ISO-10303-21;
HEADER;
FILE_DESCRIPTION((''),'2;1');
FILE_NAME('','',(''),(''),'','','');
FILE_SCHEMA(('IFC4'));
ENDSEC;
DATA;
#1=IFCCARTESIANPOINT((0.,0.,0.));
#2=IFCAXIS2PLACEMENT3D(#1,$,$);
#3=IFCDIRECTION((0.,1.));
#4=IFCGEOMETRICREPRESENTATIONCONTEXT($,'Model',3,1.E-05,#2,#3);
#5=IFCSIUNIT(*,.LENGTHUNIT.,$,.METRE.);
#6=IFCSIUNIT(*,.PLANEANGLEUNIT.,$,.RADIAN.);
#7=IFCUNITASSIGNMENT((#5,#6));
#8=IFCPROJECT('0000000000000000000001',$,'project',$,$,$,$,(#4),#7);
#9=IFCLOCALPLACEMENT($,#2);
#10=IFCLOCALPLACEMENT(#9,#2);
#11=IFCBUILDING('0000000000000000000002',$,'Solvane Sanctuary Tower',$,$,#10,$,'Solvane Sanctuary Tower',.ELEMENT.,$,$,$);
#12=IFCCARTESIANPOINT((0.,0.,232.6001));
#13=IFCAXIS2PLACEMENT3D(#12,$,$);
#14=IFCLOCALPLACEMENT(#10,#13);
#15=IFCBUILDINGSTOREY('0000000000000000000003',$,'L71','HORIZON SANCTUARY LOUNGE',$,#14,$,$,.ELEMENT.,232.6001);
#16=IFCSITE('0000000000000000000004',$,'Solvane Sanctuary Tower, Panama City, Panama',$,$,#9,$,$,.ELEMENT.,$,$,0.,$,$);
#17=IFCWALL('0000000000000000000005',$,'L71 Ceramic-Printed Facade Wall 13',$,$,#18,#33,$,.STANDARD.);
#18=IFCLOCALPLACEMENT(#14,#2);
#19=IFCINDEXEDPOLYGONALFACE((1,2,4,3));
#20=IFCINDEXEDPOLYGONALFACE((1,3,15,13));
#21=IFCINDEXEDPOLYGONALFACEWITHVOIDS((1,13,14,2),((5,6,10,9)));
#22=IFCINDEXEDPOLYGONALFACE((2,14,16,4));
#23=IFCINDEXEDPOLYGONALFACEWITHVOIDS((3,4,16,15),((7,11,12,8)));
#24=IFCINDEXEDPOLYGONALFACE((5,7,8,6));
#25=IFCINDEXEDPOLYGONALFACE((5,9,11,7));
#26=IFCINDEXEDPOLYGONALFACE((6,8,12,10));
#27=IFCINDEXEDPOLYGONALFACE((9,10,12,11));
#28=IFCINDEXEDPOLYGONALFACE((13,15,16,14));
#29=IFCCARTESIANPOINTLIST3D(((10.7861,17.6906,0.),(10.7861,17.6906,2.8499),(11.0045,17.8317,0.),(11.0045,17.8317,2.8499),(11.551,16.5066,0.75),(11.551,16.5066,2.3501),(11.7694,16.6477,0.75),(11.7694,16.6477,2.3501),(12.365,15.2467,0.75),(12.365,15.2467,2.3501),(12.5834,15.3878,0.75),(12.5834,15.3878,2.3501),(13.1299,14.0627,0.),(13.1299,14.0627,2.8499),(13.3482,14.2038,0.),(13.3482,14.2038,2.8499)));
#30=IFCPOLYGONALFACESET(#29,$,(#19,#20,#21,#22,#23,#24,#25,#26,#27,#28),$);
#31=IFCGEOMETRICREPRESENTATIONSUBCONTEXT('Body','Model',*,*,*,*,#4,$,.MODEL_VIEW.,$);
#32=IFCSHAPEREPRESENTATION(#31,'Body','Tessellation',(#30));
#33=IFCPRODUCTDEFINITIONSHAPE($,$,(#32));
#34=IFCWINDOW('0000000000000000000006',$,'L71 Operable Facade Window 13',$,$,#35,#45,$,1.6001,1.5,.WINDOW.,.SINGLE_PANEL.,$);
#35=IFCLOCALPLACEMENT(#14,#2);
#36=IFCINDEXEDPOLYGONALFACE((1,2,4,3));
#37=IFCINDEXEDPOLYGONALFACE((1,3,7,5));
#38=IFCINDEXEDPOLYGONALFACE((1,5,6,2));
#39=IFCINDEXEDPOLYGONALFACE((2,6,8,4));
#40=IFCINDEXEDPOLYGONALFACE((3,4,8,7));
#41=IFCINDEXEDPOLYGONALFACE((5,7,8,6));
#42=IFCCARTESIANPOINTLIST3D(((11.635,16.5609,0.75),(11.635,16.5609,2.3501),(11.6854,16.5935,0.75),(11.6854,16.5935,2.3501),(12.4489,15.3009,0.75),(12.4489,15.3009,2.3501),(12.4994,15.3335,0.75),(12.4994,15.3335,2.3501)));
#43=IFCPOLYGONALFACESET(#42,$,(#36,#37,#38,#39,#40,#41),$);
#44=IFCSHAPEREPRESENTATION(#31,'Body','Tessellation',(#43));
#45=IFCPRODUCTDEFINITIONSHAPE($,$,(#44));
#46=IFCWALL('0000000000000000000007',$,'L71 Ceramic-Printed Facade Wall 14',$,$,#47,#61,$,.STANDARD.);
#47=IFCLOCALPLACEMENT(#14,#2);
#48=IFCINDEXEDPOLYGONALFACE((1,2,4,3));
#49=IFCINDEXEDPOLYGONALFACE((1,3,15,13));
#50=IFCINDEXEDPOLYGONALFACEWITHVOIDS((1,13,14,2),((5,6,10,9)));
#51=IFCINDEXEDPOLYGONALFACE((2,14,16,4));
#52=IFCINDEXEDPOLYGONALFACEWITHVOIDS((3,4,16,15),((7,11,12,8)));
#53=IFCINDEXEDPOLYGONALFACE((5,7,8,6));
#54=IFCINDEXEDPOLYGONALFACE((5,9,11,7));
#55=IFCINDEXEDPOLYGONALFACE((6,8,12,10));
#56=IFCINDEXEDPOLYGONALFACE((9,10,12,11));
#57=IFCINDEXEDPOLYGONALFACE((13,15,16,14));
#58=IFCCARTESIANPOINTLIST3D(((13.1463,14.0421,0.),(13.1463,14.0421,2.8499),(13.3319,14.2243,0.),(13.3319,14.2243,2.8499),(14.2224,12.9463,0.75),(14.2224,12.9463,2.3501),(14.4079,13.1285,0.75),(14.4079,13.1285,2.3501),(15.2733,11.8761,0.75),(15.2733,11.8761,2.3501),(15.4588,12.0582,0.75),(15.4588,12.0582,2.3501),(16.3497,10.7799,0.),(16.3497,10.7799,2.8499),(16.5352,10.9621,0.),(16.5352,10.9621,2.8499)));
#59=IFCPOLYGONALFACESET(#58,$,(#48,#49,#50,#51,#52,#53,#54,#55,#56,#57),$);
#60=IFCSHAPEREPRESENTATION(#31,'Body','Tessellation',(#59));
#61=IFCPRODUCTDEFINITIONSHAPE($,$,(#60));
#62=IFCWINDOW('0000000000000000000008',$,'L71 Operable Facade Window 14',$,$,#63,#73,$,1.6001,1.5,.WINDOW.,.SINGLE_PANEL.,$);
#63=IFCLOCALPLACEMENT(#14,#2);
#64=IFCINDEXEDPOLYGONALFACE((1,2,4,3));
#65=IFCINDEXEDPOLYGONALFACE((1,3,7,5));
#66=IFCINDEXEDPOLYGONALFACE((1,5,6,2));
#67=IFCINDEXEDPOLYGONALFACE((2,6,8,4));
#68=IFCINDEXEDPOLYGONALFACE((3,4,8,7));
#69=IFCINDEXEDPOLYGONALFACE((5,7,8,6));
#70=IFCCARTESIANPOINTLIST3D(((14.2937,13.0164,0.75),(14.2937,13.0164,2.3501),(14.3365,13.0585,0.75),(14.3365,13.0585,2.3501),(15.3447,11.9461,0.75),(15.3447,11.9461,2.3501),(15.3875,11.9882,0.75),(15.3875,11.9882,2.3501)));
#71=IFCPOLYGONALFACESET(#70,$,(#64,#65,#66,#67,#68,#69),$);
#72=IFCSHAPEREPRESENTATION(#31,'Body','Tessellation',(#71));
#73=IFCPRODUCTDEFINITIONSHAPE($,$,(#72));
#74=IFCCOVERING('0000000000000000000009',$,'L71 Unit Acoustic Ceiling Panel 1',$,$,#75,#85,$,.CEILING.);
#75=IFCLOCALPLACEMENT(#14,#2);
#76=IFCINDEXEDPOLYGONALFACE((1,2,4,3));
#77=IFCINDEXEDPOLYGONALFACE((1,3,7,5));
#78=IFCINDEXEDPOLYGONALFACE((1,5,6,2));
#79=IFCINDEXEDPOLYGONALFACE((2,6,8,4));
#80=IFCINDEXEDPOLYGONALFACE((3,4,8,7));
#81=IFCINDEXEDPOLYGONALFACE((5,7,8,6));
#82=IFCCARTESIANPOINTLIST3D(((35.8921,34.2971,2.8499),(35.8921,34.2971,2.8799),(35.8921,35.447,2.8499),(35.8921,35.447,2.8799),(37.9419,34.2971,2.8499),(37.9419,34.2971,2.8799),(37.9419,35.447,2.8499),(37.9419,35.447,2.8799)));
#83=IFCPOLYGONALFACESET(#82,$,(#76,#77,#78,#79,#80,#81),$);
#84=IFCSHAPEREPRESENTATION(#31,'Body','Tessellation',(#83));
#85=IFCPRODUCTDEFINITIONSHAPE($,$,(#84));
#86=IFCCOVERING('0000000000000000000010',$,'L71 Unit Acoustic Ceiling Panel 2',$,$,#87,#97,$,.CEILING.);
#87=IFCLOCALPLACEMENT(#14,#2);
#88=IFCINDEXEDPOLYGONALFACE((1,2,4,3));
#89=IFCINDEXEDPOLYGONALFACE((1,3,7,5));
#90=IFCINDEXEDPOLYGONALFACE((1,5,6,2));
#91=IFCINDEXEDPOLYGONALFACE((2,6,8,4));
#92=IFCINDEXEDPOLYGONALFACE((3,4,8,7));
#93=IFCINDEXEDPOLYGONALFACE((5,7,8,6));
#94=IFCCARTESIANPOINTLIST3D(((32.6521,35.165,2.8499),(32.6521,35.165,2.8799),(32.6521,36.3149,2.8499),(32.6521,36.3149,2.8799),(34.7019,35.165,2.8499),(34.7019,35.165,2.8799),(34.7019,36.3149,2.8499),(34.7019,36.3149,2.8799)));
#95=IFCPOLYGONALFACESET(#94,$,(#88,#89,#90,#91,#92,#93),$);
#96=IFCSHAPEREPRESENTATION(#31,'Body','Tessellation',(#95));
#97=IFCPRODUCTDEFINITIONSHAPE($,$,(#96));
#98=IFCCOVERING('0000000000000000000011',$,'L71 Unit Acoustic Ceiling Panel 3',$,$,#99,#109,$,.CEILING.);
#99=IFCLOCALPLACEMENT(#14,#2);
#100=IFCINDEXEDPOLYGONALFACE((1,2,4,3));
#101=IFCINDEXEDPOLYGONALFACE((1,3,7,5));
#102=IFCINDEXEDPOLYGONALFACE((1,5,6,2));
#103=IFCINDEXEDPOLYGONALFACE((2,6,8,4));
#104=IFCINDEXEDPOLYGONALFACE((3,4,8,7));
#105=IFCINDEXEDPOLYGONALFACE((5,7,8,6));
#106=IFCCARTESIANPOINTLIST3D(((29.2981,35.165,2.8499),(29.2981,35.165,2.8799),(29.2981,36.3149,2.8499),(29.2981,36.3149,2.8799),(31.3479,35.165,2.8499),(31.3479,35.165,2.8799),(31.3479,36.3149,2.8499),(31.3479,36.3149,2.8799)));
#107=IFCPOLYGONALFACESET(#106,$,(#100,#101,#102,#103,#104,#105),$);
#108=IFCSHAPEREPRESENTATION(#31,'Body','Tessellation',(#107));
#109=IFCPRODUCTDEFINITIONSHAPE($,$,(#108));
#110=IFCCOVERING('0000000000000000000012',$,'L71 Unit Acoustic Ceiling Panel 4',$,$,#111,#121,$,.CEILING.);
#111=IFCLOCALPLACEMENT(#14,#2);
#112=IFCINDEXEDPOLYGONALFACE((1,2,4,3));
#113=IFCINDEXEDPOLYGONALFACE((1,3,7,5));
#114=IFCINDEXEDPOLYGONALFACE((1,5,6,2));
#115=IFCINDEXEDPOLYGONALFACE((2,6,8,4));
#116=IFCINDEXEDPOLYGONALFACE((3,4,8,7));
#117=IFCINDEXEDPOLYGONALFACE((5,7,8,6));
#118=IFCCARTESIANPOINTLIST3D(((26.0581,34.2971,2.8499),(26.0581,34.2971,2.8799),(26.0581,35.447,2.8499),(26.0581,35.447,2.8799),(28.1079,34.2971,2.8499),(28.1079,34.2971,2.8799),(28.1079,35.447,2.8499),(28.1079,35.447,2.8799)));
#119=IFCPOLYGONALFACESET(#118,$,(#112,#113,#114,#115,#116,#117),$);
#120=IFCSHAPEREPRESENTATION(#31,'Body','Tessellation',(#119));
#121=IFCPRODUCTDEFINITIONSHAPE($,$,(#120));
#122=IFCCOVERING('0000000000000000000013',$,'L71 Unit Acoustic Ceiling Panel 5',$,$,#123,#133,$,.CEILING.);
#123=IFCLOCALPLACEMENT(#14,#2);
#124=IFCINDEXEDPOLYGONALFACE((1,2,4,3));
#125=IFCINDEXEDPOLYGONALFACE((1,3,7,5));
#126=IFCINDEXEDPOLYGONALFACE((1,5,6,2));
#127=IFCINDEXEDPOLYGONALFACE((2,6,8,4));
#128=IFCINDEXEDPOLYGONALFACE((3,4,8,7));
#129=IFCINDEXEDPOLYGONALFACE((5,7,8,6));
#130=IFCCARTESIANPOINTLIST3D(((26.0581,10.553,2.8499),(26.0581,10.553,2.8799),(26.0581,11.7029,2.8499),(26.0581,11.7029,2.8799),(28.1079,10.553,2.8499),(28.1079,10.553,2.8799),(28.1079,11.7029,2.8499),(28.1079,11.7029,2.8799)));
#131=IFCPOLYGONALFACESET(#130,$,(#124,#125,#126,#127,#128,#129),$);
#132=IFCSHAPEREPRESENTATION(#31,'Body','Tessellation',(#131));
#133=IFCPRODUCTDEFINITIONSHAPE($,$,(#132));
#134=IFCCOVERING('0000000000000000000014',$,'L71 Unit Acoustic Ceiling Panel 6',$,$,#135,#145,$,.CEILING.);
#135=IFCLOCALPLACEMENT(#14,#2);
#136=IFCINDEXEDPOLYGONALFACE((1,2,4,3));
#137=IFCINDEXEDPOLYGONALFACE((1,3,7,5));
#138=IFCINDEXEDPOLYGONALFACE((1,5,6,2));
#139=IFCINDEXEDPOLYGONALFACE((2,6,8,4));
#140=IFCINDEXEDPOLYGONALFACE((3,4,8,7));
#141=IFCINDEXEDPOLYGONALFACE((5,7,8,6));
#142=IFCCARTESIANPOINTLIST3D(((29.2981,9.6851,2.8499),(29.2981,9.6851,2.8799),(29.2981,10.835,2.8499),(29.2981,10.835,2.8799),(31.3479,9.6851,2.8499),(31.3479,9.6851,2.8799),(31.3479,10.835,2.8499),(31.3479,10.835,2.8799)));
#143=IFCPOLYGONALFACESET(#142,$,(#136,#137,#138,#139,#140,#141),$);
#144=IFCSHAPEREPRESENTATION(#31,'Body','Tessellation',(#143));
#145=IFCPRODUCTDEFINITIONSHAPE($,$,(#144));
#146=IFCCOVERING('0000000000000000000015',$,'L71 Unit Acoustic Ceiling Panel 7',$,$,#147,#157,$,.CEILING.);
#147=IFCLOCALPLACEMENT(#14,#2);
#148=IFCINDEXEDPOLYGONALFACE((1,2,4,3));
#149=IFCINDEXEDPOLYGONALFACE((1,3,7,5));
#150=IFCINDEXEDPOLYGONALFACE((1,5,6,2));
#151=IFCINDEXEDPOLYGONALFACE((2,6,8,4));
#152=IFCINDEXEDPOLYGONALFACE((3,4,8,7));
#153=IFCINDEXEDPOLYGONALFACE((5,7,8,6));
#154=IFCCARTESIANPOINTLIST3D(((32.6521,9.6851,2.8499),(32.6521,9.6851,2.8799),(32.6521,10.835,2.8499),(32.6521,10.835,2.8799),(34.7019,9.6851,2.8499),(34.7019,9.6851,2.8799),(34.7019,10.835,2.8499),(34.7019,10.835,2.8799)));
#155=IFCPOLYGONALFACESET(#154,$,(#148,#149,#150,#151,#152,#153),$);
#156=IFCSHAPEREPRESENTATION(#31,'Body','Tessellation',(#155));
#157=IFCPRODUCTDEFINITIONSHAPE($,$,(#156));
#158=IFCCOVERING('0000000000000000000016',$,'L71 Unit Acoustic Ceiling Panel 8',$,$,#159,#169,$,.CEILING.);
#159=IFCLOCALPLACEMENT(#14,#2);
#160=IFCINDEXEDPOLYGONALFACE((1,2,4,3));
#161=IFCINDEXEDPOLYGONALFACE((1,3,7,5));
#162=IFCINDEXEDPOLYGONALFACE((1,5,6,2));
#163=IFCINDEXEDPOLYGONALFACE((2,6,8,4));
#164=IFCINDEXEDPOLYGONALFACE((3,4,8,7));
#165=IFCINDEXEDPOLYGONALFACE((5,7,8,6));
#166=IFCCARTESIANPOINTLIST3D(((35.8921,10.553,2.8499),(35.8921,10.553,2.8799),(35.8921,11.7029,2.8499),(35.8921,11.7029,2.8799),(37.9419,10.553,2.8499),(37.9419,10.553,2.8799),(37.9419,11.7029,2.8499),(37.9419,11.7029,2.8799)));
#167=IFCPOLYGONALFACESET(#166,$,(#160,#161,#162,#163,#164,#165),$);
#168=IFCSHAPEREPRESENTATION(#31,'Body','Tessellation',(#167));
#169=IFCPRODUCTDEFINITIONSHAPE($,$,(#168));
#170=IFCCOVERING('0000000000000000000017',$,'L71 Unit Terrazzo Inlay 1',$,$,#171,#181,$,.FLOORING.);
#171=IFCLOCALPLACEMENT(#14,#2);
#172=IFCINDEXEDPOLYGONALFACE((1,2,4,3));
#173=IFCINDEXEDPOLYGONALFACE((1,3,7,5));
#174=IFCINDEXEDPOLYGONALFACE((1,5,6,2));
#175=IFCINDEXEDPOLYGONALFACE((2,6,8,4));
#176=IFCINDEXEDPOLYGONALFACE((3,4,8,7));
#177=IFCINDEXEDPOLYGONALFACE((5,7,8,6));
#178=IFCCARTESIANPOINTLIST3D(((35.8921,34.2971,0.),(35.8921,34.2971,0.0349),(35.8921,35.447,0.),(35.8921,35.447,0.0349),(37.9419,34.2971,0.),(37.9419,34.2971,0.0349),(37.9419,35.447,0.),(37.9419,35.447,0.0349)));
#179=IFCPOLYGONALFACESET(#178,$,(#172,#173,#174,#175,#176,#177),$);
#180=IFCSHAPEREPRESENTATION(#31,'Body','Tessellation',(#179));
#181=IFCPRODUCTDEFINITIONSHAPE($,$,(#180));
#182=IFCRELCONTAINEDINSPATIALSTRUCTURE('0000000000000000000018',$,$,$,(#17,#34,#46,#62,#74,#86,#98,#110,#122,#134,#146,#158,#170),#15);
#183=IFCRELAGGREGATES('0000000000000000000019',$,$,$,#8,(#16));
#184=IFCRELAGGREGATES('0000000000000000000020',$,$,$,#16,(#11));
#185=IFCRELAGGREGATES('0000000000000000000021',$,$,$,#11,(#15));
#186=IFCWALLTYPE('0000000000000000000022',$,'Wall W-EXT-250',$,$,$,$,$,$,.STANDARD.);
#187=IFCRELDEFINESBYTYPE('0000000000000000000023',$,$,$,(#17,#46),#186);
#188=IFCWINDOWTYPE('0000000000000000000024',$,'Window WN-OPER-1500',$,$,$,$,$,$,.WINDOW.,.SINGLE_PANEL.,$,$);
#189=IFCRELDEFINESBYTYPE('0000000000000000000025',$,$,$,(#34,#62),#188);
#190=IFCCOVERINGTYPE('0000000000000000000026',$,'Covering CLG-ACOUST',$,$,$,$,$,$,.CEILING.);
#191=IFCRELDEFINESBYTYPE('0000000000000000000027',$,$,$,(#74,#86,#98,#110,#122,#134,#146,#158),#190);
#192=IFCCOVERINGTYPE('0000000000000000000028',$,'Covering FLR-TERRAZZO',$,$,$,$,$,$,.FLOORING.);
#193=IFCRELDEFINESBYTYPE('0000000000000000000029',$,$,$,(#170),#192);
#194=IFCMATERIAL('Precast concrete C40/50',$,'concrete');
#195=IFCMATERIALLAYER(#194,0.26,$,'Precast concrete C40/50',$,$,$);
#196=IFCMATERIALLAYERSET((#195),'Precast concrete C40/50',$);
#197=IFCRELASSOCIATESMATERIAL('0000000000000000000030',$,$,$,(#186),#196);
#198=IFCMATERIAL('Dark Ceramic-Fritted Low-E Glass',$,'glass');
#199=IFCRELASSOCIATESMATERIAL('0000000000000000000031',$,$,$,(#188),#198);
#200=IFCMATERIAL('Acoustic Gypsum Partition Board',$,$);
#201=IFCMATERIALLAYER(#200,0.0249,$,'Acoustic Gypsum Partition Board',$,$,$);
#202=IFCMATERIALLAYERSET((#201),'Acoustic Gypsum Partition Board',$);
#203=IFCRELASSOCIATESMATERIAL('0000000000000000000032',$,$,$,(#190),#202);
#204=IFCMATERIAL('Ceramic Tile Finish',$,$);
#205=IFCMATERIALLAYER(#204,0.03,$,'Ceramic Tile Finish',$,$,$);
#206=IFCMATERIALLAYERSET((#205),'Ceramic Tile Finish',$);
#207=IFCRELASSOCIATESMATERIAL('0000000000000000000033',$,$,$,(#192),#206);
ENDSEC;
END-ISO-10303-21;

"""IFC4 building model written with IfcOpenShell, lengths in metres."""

from ifc_helpers import new_model, si_unit, direction, frame, frame_2d, origin, place, context, subcontext, project, spatial, polyline, rectangle, outline, extrude, material, layer, layer_set, type_object, element, fill, save


model = new_model("IFC4")

# Units and contexts
model_context = context("Model", 3, precision=1e-05, world=origin(), true_north=direction((0.0, 1.0)))
body_context = subcontext(model_context, "Body", "Model", "MODEL_VIEW")
ifc_project = project(units=[si_unit("LENGTHUNIT", "METRE"), si_unit("PLANEANGLEUNIT", "RADIAN")], contexts=[model_context])

# Site, building, storey
site_placement = place(None, origin())
site = spatial("IfcSite", under=ifc_project, at=site_placement, Name="Solvane Sanctuary Tower, Panama City, Panama", CompositionType="ELEMENT", RefElevation=0.0)
building_placement = place(site_placement, origin())
building = spatial("IfcBuilding", under=site, at=building_placement, Name="Solvane Sanctuary Tower", LongName="Solvane Sanctuary Tower", CompositionType="ELEMENT")
storey_placement = place(building_placement, frame((0.0, 0.0, 232.6001)))
storey = spatial("IfcBuildingStorey", under=building, at=storey_placement, Name="L71", Description="HORIZON SANCTUARY LOUNGE", CompositionType="ELEMENT", Elevation=232.6001)

# Shared definitions
ifc_material_1 = material(Name="Acoustic Gypsum Partition Board")

# Walls, openings, windows
ifc_material_2 = material(Name="Precast concrete C40/50", Category="concrete")
ifc_layer_1 = layer(ifc_material_2, 0.26, Name="Precast concrete C40/50")
ifc_layer_set_1 = layer_set([ifc_layer_1], Name="Precast concrete C40/50")
wall_type_1 = type_object("IfcWallType", Name="Wall W-EXT-250", PredefinedType="STANDARD", material=ifc_layer_set_1)
wall_1_placement = place(storey_placement, frame((10.8953, 17.7612, 0.0), z_axis=(0.0, 0.0, 1.0), x_axis=(0.542642, -0.839964, 0.0)))
wall_1 = element("IfcWall", 1, at=wall_1_placement, inside=storey, type_object=wall_type_1, Name="L71 Ceramic-Printed Facade Wall 13", PredefinedType="STANDARD", context=body_context, shape_type="SweptSolid", body=[
    extrude(rectangle(XDim=4.3191, YDim=0.26, at=frame_2d((2.1597, 0.0))), origin(), (0.0, 0.0, 1.0), 2.8499),
])
opening_1_placement = place(wall_1_placement, frame((1.4097, 0.0, 0.75)))
opening_1 = element("IfcOpeningElement", 2, at=opening_1_placement, cuts=wall_1, PredefinedType="OPENING", context=body_context, shape_type="SweptSolid", body=[
    extrude(rectangle(XDim=1.5, YDim=1.6001, at=frame_2d((0.75, 0.8))), frame((0.0, 0.1399, 0.0), z_axis=(0.0, -1.0, 0.0), x_axis=(1.0, 0.0, 0.0)), (0.0, 0.0, 1.0), 0.28),
])
ifc_material_3 = material(Name="Dark Ceramic-Fritted Low-E Glass", Category="glass")
window_type = type_object("IfcWindowType", Name="Window WN-OPER-1500", PartitioningType="SINGLE_PANEL", PredefinedType="WINDOW", material=ifc_material_3)
window_1_placement = place(opening_1_placement, origin())
window_1 = element("IfcWindow", 3, at=window_1_placement, inside=storey, type_object=window_type, Name="L71 Operable Facade Window 13", OverallHeight=1.6001, OverallWidth=1.5, PartitioningType="SINGLE_PANEL", PredefinedType="WINDOW", context=body_context, shape_type="SweptSolid", body=[
    extrude(rectangle(XDim=1.5, YDim=1.6001, at=frame_2d((0.75, 0.8))), frame((0.0, 0.03, 0.0), z_axis=(0.0, -1.0, 0.0), x_axis=(1.0, 0.0, 0.0)), (0.0, 0.0, 1.0), 0.0601),
])
fill(opening_1, window_1)
wall_2_placement = place(storey_placement, frame((13.239, 14.1333, 0.0), z_axis=(0.0, 0.0, 1.0), x_axis=(0.700643, -0.713512, 0.0)))
wall_2 = element("IfcWall", 4, at=wall_2_placement, inside=storey, type_object=wall_type_1, Name="L71 Ceramic-Printed Facade Wall 14", PredefinedType="STANDARD", context=body_context, shape_type="SweptSolid", body=[
    extrude(rectangle(XDim=4.572, YDim=0.26, at=frame_2d((2.2861, 0.0))), origin(), (0.0, 0.0, 1.0), 2.8499),
])
opening_2_placement = place(wall_2_placement, frame((1.5359, 0.0, 0.75)))
opening_2 = element("IfcOpeningElement", 5, at=opening_2_placement, cuts=wall_2, PredefinedType="OPENING", context=body_context, shape_type="SweptSolid", body=[
    extrude(rectangle(XDim=1.5, YDim=1.6001, at=frame_2d((0.75, 0.8))), frame((0.0, 0.1399, 0.0), z_axis=(0.0, -1.0, 0.0), x_axis=(1.0, 0.0, 0.0)), (0.0, 0.0, 1.0), 0.28),
])
window_2_placement = place(opening_2_placement, origin())
window_2 = element("IfcWindow", 6, at=window_2_placement, inside=storey, type_object=window_type, Name="L71 Operable Facade Window 14", OverallHeight=1.6001, OverallWidth=1.5, PartitioningType="SINGLE_PANEL", PredefinedType="WINDOW", context=body_context, shape_type="SweptSolid", body=[
    extrude(rectangle(XDim=1.5, YDim=1.6001, at=frame_2d((0.75, 0.8))), frame((0.0, 0.03, 0.0), z_axis=(0.0, -1.0, 0.0), x_axis=(1.0, 0.0, 0.0)), (0.0, 0.0, 1.0), 0.0601),
])
fill(opening_2, window_2)

# Coverings
ifc_layer_2 = layer(ifc_material_1, 0.0249, Name="Acoustic Gypsum Partition Board")
ifc_layer_set_2 = layer_set([ifc_layer_2], Name="Acoustic Gypsum Partition Board")
covering_type_1 = type_object("IfcCoveringType", Name="Covering CLG-ACOUST", PredefinedType="CEILING", material=ifc_layer_set_2)
covering_1_placement = place(storey_placement, frame((0.0, 0.0, 2.8499)))
element("IfcCovering", 7, at=covering_1_placement, inside=storey, type_object=covering_type_1, Name="L71 Unit Acoustic Ceiling Panel 1", PredefinedType="CEILING", context=body_context, shape_type="SweptSolid", body=[
    extrude(outline(polyline([(35.8921, 34.2971), (37.9419, 34.2971), (37.9419, 35.447), (35.8921, 35.447), (35.8921, 34.2971)])), origin(), (0.0, 0.0, 1.0), 0.03),
])
covering_2_placement = place(storey_placement, frame((0.0, 0.0, 2.8499)))
element("IfcCovering", 8, at=covering_2_placement, inside=storey, type_object=covering_type_1, Name="L71 Unit Acoustic Ceiling Panel 2", PredefinedType="CEILING", context=body_context, shape_type="SweptSolid", body=[
    extrude(outline(polyline([(32.6521, 35.165), (34.7019, 35.165), (34.7019, 36.3149), (32.6521, 36.3149), (32.6521, 35.165)])), origin(), (0.0, 0.0, 1.0), 0.03),
])
covering_3_placement = place(storey_placement, frame((0.0, 0.0, 2.8499)))
element("IfcCovering", 9, at=covering_3_placement, inside=storey, type_object=covering_type_1, Name="L71 Unit Acoustic Ceiling Panel 3", PredefinedType="CEILING", context=body_context, shape_type="SweptSolid", body=[
    extrude(outline(polyline([(29.2981, 35.165), (31.3479, 35.165), (31.3479, 36.3149), (29.2981, 36.3149), (29.2981, 35.165)])), origin(), (0.0, 0.0, 1.0), 0.03),
])
covering_4_placement = place(storey_placement, frame((0.0, 0.0, 2.8499)))
element("IfcCovering", 10, at=covering_4_placement, inside=storey, type_object=covering_type_1, Name="L71 Unit Acoustic Ceiling Panel 4", PredefinedType="CEILING", context=body_context, shape_type="SweptSolid", body=[
    extrude(outline(polyline([(26.0581, 34.2971), (28.1079, 34.2971), (28.1079, 35.447), (26.0581, 35.447), (26.0581, 34.2971)])), origin(), (0.0, 0.0, 1.0), 0.03),
])
covering_5_placement = place(storey_placement, frame((0.0, 0.0, 2.8499)))
element("IfcCovering", 11, at=covering_5_placement, inside=storey, type_object=covering_type_1, Name="L71 Unit Acoustic Ceiling Panel 5", PredefinedType="CEILING", context=body_context, shape_type="SweptSolid", body=[
    extrude(outline(polyline([(26.0581, 10.553), (28.1079, 10.553), (28.1079, 11.7029), (26.0581, 11.7029), (26.0581, 10.553)])), origin(), (0.0, 0.0, 1.0), 0.03),
])
covering_6_placement = place(storey_placement, frame((0.0, 0.0, 2.8499)))
element("IfcCovering", 12, at=covering_6_placement, inside=storey, type_object=covering_type_1, Name="L71 Unit Acoustic Ceiling Panel 6", PredefinedType="CEILING", context=body_context, shape_type="SweptSolid", body=[
    extrude(outline(polyline([(29.2981, 9.6851), (31.3479, 9.6851), (31.3479, 10.835), (29.2981, 10.835), (29.2981, 9.6851)])), origin(), (0.0, 0.0, 1.0), 0.03),
])
covering_7_placement = place(storey_placement, frame((0.0, 0.0, 2.8499)))
element("IfcCovering", 13, at=covering_7_placement, inside=storey, type_object=covering_type_1, Name="L71 Unit Acoustic Ceiling Panel 7", PredefinedType="CEILING", context=body_context, shape_type="SweptSolid", body=[
    extrude(outline(polyline([(32.6521, 9.6851), (34.7019, 9.6851), (34.7019, 10.835), (32.6521, 10.835), (32.6521, 9.6851)])), origin(), (0.0, 0.0, 1.0), 0.03),
])
covering_8_placement = place(storey_placement, frame((0.0, 0.0, 2.8499)))
element("IfcCovering", 14, at=covering_8_placement, inside=storey, type_object=covering_type_1, Name="L71 Unit Acoustic Ceiling Panel 8", PredefinedType="CEILING", context=body_context, shape_type="SweptSolid", body=[
    extrude(outline(polyline([(35.8921, 10.553), (37.9419, 10.553), (37.9419, 11.7029), (35.8921, 11.7029), (35.8921, 10.553)])), origin(), (0.0, 0.0, 1.0), 0.03),
])
ifc_material_4 = material(Name="Ceramic Tile Finish")
ifc_layer_3 = layer(ifc_material_4, 0.03, Name="Ceramic Tile Finish")
ifc_layer_set_3 = layer_set([ifc_layer_3], Name="Ceramic Tile Finish")
covering_type_2 = type_object("IfcCoveringType", Name="Covering FLR-TERRAZZO", PredefinedType="FLOORING", material=ifc_layer_set_3)
covering_9_placement = place(storey_placement, origin())
element("IfcCovering", 15, at=covering_9_placement, inside=storey, type_object=covering_type_2, Name="L71 Unit Terrazzo Inlay 1", PredefinedType="FLOORING", context=body_context, shape_type="SweptSolid", body=[
    extrude(outline(polyline([(35.8921, 34.2971), (37.9419, 34.2971), (37.9419, 35.447), (35.8921, 35.447), (35.8921, 34.2971)])), origin(), (0.0, 0.0, 1.0), 0.0349),
])

save(model, "model.ifc")
